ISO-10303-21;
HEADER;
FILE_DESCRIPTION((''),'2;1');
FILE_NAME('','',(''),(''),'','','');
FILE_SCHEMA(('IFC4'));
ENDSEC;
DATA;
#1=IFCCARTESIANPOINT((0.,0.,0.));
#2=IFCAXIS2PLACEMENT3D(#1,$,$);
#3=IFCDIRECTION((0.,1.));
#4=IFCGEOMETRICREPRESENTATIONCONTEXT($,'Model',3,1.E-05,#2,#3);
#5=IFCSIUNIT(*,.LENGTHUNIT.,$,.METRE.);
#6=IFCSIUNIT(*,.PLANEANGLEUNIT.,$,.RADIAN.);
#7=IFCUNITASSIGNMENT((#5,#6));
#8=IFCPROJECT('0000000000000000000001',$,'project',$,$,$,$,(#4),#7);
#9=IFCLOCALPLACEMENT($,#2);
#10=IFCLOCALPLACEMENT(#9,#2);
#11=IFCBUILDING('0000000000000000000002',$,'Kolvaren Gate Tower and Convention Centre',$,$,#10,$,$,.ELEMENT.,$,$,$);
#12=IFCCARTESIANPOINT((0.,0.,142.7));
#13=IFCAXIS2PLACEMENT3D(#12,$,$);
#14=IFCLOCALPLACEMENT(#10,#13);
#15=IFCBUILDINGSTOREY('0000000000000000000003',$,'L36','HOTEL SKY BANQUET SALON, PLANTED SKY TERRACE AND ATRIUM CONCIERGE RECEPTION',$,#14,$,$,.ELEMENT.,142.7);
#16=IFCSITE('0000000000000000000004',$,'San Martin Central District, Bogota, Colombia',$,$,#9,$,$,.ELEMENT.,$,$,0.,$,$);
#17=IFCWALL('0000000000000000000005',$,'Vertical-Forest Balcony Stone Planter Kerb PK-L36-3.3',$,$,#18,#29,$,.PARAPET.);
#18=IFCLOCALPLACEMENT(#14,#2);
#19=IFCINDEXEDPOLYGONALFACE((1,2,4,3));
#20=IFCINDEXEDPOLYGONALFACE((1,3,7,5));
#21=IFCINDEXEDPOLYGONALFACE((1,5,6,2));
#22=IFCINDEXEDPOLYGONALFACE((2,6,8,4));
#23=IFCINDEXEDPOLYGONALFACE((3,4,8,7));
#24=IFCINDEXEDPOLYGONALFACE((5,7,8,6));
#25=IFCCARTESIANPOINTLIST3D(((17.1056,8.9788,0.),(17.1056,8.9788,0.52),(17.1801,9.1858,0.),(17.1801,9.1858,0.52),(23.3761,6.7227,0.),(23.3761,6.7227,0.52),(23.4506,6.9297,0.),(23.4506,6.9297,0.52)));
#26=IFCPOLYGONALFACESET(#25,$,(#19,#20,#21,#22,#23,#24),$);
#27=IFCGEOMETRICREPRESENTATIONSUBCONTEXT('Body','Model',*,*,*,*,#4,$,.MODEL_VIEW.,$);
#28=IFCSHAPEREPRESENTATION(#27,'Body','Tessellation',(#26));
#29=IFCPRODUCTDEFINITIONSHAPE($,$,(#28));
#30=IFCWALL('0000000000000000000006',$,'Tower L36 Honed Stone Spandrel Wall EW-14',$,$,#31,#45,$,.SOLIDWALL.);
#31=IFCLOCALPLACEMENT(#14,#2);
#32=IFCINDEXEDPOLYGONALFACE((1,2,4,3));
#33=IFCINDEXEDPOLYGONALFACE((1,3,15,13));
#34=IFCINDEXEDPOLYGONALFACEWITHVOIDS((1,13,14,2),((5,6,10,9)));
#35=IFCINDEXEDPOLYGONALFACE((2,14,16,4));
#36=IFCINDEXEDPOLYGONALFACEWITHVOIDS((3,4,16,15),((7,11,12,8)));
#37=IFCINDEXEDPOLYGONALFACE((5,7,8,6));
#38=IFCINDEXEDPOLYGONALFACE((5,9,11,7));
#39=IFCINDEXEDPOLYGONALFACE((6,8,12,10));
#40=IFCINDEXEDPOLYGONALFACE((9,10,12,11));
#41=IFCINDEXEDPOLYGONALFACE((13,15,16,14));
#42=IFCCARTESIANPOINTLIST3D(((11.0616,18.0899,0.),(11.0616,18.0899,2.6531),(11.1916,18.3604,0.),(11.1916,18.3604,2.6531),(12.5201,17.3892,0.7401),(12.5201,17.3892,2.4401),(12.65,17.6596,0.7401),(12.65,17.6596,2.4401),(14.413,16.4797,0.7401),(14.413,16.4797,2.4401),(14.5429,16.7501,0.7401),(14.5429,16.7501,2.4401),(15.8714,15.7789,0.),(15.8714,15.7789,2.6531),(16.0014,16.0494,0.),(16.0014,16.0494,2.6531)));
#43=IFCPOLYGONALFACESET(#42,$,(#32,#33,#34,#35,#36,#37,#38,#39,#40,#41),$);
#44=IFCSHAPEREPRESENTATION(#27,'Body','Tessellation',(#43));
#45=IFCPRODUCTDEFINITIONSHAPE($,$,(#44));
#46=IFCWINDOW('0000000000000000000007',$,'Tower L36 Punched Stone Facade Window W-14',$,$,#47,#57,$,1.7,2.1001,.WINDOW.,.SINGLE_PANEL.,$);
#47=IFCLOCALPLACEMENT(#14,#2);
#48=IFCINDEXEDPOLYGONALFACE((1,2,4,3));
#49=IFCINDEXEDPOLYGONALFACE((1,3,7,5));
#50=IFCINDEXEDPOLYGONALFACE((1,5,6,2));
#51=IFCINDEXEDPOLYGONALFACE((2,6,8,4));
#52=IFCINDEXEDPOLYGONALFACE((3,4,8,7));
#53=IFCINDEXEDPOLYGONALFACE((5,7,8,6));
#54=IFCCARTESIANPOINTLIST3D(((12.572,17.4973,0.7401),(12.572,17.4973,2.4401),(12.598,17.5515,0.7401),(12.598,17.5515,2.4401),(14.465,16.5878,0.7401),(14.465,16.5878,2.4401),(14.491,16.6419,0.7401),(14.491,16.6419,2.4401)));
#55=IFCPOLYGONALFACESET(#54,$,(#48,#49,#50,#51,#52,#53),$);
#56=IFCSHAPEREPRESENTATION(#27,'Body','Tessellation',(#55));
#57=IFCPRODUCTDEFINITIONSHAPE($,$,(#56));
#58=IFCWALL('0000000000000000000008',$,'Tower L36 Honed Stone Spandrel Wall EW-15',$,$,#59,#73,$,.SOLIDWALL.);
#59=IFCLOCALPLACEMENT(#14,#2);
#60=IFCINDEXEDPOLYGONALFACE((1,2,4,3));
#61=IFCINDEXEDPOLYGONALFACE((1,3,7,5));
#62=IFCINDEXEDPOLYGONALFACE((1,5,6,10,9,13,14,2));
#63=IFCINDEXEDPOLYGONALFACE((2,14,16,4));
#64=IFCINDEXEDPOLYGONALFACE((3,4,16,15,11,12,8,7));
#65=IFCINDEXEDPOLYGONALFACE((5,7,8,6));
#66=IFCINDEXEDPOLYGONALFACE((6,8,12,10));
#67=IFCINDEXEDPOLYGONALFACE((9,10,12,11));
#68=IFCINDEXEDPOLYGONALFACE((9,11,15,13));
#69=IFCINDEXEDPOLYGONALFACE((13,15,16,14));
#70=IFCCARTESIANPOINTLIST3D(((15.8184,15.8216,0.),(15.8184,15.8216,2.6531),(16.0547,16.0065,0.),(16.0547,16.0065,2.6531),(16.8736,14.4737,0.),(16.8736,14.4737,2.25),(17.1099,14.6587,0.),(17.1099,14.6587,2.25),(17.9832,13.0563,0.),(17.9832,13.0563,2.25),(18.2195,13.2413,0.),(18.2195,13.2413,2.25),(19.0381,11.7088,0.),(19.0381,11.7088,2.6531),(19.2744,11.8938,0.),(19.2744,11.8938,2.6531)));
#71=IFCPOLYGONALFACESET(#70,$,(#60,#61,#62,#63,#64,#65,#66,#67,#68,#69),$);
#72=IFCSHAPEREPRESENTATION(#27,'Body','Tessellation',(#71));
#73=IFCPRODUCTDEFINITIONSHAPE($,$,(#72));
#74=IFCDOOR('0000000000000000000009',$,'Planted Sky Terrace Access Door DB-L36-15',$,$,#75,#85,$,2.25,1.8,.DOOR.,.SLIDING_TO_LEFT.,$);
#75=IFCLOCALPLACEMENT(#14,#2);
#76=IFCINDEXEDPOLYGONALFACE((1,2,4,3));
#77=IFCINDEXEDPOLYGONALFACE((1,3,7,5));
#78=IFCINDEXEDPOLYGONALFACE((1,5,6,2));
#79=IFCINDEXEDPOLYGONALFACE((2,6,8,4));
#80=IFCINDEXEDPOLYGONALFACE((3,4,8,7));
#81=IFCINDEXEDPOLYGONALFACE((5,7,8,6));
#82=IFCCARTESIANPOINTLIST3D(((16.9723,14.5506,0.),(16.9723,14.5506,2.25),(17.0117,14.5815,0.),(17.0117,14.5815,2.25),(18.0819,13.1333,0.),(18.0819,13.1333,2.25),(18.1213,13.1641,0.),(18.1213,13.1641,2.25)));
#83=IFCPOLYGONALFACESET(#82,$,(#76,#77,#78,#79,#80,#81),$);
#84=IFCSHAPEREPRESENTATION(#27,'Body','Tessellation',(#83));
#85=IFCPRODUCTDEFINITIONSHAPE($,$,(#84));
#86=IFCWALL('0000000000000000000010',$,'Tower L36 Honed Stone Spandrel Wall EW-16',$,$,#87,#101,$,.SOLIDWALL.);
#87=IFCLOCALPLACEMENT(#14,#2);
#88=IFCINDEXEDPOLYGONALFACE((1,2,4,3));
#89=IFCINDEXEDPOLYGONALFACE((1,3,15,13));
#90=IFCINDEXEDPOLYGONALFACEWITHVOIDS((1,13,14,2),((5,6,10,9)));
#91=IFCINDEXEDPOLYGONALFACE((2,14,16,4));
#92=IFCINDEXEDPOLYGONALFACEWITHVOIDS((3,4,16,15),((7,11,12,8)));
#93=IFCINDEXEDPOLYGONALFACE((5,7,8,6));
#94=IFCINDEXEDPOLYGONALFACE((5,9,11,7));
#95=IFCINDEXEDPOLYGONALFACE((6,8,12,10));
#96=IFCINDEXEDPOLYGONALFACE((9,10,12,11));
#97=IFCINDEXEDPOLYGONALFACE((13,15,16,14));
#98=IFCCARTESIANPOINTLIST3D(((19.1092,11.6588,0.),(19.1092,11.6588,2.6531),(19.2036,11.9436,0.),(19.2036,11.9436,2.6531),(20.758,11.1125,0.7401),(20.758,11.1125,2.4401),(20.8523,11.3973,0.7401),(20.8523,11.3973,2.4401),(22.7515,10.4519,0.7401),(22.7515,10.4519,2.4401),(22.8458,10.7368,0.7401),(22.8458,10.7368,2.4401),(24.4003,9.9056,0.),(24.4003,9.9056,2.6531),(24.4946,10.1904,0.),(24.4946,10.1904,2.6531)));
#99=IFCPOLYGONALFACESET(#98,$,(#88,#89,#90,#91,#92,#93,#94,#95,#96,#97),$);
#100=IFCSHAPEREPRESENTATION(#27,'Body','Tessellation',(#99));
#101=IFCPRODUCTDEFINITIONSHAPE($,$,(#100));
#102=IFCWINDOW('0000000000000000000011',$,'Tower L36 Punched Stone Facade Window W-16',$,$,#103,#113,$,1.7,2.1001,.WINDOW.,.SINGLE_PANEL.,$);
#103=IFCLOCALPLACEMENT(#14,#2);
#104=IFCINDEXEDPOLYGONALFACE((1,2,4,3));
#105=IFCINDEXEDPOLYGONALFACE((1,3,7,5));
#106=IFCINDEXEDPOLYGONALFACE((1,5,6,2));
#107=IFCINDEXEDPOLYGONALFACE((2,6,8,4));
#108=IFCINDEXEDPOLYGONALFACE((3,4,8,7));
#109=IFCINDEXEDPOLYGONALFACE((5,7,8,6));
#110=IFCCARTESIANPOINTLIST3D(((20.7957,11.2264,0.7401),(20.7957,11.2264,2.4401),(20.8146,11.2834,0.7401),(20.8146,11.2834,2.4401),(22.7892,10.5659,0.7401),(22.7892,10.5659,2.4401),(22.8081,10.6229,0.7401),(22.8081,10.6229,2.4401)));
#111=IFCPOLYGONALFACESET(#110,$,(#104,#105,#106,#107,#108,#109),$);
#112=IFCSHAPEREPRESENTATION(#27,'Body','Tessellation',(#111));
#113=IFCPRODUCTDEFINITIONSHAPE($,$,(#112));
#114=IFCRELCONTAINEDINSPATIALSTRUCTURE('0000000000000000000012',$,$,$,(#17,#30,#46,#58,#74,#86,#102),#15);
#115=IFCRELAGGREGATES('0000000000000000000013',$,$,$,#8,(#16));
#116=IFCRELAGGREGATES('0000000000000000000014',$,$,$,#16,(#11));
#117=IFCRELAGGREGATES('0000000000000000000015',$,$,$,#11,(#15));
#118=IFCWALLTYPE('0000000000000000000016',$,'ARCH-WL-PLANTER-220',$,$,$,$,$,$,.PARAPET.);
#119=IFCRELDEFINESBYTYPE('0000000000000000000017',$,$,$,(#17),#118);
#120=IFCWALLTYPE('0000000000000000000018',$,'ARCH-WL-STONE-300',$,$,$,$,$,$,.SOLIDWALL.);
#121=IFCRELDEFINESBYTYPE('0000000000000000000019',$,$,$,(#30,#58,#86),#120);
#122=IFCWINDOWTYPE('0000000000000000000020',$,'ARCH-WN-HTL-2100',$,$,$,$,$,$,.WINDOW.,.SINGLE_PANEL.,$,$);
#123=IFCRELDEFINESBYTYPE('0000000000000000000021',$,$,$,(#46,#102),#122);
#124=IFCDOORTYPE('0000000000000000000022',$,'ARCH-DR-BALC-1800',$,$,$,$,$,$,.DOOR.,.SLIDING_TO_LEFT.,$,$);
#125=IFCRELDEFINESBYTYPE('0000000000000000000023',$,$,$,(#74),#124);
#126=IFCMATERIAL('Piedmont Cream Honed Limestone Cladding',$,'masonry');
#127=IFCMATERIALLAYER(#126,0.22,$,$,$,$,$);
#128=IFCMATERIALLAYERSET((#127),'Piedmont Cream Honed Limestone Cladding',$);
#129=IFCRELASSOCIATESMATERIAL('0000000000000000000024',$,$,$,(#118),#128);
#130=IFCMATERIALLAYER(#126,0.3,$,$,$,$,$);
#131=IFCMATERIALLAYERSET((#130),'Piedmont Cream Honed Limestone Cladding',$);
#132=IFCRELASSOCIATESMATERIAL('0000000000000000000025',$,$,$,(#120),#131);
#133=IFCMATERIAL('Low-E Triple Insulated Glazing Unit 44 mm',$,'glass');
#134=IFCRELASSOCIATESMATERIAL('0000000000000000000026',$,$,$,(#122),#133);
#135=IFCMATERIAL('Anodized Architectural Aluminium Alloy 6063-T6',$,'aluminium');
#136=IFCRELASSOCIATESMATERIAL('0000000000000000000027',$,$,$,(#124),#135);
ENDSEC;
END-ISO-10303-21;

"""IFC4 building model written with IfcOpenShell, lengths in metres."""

from ifc_helpers import new_model, si_unit, direction, frame, frame_2d, origin, place, context, subcontext, project, spatial, rectangle, extrude, material, layer, layer_set, type_object, element, fill, save


model = new_model("IFC4")

# Units and contexts
model_context = context("Model", 3, precision=1e-05, world=origin(), true_north=direction((0.0, 1.0)))
body_context = subcontext(model_context, "Body", "Model", "MODEL_VIEW")
ifc_project = project(units=[si_unit("LENGTHUNIT", "METRE"), si_unit("PLANEANGLEUNIT", "RADIAN")], contexts=[model_context])

# Site, building, storey
site_placement = place(None, origin())
site = spatial("IfcSite", under=ifc_project, at=site_placement, Name="San Martin Central District, Bogota, Colombia", CompositionType="ELEMENT", RefElevation=0.0)
building_placement = place(site_placement, origin())
building = spatial("IfcBuilding", under=site, at=building_placement, Name="Kolvaren Gate Tower and Convention Centre", CompositionType="ELEMENT")
storey_placement = place(building_placement, frame((0.0, 0.0, 142.7)))
storey = spatial("IfcBuildingStorey", under=building, at=storey_placement, Name="L36", Description="HOTEL SKY BANQUET SALON, PLANTED SKY TERRACE AND ATRIUM CONCIERGE RECEPTION", CompositionType="ELEMENT", Elevation=142.7)

# Wall
ifc_material_1 = material(Name="Piedmont Cream Honed Limestone Cladding", Category="masonry")
ifc_layer_1 = layer(ifc_material_1, 0.22)
ifc_layer_set_1 = layer_set([ifc_layer_1], Name="Piedmont Cream Honed Limestone Cladding")
wall_type_1 = type_object("IfcWallType", Name="ARCH-WL-PLANTER-220", PredefinedType="PARAPET", material=ifc_layer_set_1)
wall_1_placement = place(storey_placement, frame((17.1428, 9.0823, 0.0), z_axis=(0.0, 0.0, 1.0), x_axis=(0.940949, -0.33855, 0.0)))
element("IfcWall", 1, at=wall_1_placement, inside=storey, type_object=wall_type_1, Name="Vertical-Forest Balcony Stone Planter Kerb PK-L36-3.3", PredefinedType="PARAPET", context=body_context, shape_type="SweptSolid", body=[
    extrude(rectangle(XDim=6.6641, YDim=0.22, at=frame_2d((3.332, 0.0))), origin(), (0.0, 0.0, 1.0), 0.52),
])

# Wall, opening, window
ifc_layer_2 = layer(ifc_material_1, 0.3)
ifc_layer_set_2 = layer_set([ifc_layer_2], Name="Piedmont Cream Honed Limestone Cladding")
wall_type_2 = type_object("IfcWallType", Name="ARCH-WL-STONE-300", PredefinedType="SOLIDWALL", material=ifc_layer_set_2)
wall_2_placement = place(storey_placement, frame((11.1267, 18.2251, 0.0), z_axis=(0.0, 0.0, 1.0), x_axis=(0.901353, -0.433085, 0.0)))
wall_2 = element("IfcWall", 2, at=wall_2_placement, inside=storey, type_object=wall_type_2, Name="Tower L36 Honed Stone Spandrel Wall EW-14", PredefinedType="SOLIDWALL", context=body_context, shape_type="SweptSolid", body=[
    extrude(rectangle(XDim=5.3362, YDim=0.3, at=frame_2d((2.668, 0.0))), origin(), (0.0, 0.0, 1.0), 2.6531),
])
opening_1_placement = place(wall_2_placement, frame((1.6179, 0.0, 0.74)))
opening_1 = element("IfcOpeningElement", 3, at=opening_1_placement, cuts=wall_2, PredefinedType="OPENING", context=body_context, shape_type="SweptSolid", body=[
    extrude(rectangle(XDim=2.1001, YDim=1.7, at=frame_2d((1.05, 0.8501))), frame((0.0, 0.1599, 0.0), z_axis=(0.0, -1.0, 0.0), x_axis=(1.0, 0.0, 0.0)), (0.0, 0.0, 1.0), 0.3201),
])
ifc_material_2 = material(Name="Low-E Triple Insulated Glazing Unit 44 mm", Category="glass")
window_type = type_object("IfcWindowType", Name="ARCH-WN-HTL-2100", PartitioningType="SINGLE_PANEL", PredefinedType="WINDOW", material=ifc_material_2)
window_1_placement = place(opening_1_placement, origin())
window_1 = element("IfcWindow", 4, at=window_1_placement, inside=storey, type_object=window_type, Name="Tower L36 Punched Stone Facade Window W-14", OverallHeight=1.7, OverallWidth=2.1001, PartitioningType="SINGLE_PANEL", PredefinedType="WINDOW", context=body_context, shape_type="SweptSolid", body=[
    extrude(rectangle(XDim=2.1001, YDim=1.7, at=frame_2d((1.05, 0.8501))), frame((0.0, 0.03, 0.0), z_axis=(0.0, -1.0, 0.0), x_axis=(1.0, 0.0, 0.0)), (0.0, 0.0, 1.0), 0.0601),
])
fill(opening_1, window_1)

# Wall, opening, door
wall_3_placement = place(storey_placement, frame((15.9365, 15.9141, 0.0), z_axis=(0.0, 0.0, 1.0), x_axis=(0.616429, -0.78741, 0.0)))
wall_3 = element("IfcWall", 5, at=wall_3_placement, inside=storey, type_object=wall_type_2, Name="Tower L36 Honed Stone Spandrel Wall EW-15", PredefinedType="SOLIDWALL", context=body_context, shape_type="SweptSolid", body=[
    extrude(rectangle(XDim=5.2231, YDim=0.3, at=frame_2d((2.6116, 0.0))), origin(), (0.0, 0.0, 1.0), 2.6531),
])
opening_2_placement = place(wall_3_placement, frame((1.7119, 0.0, 0.0)))
opening_2 = element("IfcOpeningElement", 6, at=opening_2_placement, cuts=wall_3, PredefinedType="OPENING", context=body_context, shape_type="SweptSolid", body=[
    extrude(rectangle(XDim=1.8, YDim=2.25, at=frame_2d((0.8999, 1.125))), frame((0.0, 0.1599, 0.0), z_axis=(0.0, -1.0, 0.0), x_axis=(1.0, 0.0, 0.0)), (0.0, 0.0, 1.0), 0.3201),
])
ifc_material_3 = material(Name="Anodized Architectural Aluminium Alloy 6063-T6", Category="aluminium")
door_type = type_object("IfcDoorType", Name="ARCH-DR-BALC-1800", OperationType="SLIDING_TO_LEFT", PredefinedType="DOOR", material=ifc_material_3)
door_placement = place(opening_2_placement, frame((1.8, 0.0, 0.0), z_axis=(0.0, 0.0, 1.0), x_axis=(-1.0, 0.0, 0.0)))
door = element("IfcDoor", 7, at=door_placement, inside=storey, type_object=door_type, Name="Planted Sky Terrace Access Door DB-L36-15", OperationType="SLIDING_TO_LEFT", OverallHeight=2.25, OverallWidth=1.8, PredefinedType="DOOR", context=body_context, shape_type="SweptSolid", body=[
    extrude(rectangle(XDim=1.8, YDim=2.25, at=frame_2d((0.8999, 1.125))), frame((0.0, 0.0249, 0.0), z_axis=(0.0, -1.0, 0.0), x_axis=(1.0, 0.0, 0.0)), (0.0, 0.0, 1.0), 0.05),
])
fill(opening_2, door)

# Wall, opening, window
wall_4_placement = place(storey_placement, frame((19.1562, 11.8013, 0.0), z_axis=(0.0, 0.0, 1.0), x_axis=(0.949247, -0.314532, 0.0)))
wall_4 = element("IfcWall", 8, at=wall_4_placement, inside=storey, type_object=wall_type_2, Name="Tower L36 Honed Stone Spandrel Wall EW-16", PredefinedType="SOLIDWALL", context=body_context, shape_type="SweptSolid", body=[
    extrude(rectangle(XDim=5.574, YDim=0.3, at=frame_2d((2.7871, 0.0))), origin(), (0.0, 0.0, 1.0), 2.6531),
])
opening_3_placement = place(wall_4_placement, frame((1.7371, 0.0, 0.74)))
opening_3 = element("IfcOpeningElement", 9, at=opening_3_placement, cuts=wall_4, PredefinedType="OPENING", context=body_context, shape_type="SweptSolid", body=[
    extrude(rectangle(XDim=2.1001, YDim=1.7, at=frame_2d((1.05, 0.8501))), frame((0.0, 0.1599, 0.0), z_axis=(0.0, -1.0, 0.0), x_axis=(1.0, 0.0, 0.0)), (0.0, 0.0, 1.0), 0.3201),
])
window_2_placement = place(opening_3_placement, origin())
window_2 = element("IfcWindow", 10, at=window_2_placement, inside=storey, type_object=window_type, Name="Tower L36 Punched Stone Facade Window W-16", OverallHeight=1.7, OverallWidth=2.1001, PartitioningType="SINGLE_PANEL", PredefinedType="WINDOW", context=body_context, shape_type="SweptSolid", body=[
    extrude(rectangle(XDim=2.1001, YDim=1.7, at=frame_2d((1.05, 0.8501))), frame((0.0, 0.03, 0.0), z_axis=(0.0, -1.0, 0.0), x_axis=(1.0, 0.0, 0.0)), (0.0, 0.0, 1.0), 0.0601),
])
fill(opening_3, window_2)

save(model, "model.ifc")
